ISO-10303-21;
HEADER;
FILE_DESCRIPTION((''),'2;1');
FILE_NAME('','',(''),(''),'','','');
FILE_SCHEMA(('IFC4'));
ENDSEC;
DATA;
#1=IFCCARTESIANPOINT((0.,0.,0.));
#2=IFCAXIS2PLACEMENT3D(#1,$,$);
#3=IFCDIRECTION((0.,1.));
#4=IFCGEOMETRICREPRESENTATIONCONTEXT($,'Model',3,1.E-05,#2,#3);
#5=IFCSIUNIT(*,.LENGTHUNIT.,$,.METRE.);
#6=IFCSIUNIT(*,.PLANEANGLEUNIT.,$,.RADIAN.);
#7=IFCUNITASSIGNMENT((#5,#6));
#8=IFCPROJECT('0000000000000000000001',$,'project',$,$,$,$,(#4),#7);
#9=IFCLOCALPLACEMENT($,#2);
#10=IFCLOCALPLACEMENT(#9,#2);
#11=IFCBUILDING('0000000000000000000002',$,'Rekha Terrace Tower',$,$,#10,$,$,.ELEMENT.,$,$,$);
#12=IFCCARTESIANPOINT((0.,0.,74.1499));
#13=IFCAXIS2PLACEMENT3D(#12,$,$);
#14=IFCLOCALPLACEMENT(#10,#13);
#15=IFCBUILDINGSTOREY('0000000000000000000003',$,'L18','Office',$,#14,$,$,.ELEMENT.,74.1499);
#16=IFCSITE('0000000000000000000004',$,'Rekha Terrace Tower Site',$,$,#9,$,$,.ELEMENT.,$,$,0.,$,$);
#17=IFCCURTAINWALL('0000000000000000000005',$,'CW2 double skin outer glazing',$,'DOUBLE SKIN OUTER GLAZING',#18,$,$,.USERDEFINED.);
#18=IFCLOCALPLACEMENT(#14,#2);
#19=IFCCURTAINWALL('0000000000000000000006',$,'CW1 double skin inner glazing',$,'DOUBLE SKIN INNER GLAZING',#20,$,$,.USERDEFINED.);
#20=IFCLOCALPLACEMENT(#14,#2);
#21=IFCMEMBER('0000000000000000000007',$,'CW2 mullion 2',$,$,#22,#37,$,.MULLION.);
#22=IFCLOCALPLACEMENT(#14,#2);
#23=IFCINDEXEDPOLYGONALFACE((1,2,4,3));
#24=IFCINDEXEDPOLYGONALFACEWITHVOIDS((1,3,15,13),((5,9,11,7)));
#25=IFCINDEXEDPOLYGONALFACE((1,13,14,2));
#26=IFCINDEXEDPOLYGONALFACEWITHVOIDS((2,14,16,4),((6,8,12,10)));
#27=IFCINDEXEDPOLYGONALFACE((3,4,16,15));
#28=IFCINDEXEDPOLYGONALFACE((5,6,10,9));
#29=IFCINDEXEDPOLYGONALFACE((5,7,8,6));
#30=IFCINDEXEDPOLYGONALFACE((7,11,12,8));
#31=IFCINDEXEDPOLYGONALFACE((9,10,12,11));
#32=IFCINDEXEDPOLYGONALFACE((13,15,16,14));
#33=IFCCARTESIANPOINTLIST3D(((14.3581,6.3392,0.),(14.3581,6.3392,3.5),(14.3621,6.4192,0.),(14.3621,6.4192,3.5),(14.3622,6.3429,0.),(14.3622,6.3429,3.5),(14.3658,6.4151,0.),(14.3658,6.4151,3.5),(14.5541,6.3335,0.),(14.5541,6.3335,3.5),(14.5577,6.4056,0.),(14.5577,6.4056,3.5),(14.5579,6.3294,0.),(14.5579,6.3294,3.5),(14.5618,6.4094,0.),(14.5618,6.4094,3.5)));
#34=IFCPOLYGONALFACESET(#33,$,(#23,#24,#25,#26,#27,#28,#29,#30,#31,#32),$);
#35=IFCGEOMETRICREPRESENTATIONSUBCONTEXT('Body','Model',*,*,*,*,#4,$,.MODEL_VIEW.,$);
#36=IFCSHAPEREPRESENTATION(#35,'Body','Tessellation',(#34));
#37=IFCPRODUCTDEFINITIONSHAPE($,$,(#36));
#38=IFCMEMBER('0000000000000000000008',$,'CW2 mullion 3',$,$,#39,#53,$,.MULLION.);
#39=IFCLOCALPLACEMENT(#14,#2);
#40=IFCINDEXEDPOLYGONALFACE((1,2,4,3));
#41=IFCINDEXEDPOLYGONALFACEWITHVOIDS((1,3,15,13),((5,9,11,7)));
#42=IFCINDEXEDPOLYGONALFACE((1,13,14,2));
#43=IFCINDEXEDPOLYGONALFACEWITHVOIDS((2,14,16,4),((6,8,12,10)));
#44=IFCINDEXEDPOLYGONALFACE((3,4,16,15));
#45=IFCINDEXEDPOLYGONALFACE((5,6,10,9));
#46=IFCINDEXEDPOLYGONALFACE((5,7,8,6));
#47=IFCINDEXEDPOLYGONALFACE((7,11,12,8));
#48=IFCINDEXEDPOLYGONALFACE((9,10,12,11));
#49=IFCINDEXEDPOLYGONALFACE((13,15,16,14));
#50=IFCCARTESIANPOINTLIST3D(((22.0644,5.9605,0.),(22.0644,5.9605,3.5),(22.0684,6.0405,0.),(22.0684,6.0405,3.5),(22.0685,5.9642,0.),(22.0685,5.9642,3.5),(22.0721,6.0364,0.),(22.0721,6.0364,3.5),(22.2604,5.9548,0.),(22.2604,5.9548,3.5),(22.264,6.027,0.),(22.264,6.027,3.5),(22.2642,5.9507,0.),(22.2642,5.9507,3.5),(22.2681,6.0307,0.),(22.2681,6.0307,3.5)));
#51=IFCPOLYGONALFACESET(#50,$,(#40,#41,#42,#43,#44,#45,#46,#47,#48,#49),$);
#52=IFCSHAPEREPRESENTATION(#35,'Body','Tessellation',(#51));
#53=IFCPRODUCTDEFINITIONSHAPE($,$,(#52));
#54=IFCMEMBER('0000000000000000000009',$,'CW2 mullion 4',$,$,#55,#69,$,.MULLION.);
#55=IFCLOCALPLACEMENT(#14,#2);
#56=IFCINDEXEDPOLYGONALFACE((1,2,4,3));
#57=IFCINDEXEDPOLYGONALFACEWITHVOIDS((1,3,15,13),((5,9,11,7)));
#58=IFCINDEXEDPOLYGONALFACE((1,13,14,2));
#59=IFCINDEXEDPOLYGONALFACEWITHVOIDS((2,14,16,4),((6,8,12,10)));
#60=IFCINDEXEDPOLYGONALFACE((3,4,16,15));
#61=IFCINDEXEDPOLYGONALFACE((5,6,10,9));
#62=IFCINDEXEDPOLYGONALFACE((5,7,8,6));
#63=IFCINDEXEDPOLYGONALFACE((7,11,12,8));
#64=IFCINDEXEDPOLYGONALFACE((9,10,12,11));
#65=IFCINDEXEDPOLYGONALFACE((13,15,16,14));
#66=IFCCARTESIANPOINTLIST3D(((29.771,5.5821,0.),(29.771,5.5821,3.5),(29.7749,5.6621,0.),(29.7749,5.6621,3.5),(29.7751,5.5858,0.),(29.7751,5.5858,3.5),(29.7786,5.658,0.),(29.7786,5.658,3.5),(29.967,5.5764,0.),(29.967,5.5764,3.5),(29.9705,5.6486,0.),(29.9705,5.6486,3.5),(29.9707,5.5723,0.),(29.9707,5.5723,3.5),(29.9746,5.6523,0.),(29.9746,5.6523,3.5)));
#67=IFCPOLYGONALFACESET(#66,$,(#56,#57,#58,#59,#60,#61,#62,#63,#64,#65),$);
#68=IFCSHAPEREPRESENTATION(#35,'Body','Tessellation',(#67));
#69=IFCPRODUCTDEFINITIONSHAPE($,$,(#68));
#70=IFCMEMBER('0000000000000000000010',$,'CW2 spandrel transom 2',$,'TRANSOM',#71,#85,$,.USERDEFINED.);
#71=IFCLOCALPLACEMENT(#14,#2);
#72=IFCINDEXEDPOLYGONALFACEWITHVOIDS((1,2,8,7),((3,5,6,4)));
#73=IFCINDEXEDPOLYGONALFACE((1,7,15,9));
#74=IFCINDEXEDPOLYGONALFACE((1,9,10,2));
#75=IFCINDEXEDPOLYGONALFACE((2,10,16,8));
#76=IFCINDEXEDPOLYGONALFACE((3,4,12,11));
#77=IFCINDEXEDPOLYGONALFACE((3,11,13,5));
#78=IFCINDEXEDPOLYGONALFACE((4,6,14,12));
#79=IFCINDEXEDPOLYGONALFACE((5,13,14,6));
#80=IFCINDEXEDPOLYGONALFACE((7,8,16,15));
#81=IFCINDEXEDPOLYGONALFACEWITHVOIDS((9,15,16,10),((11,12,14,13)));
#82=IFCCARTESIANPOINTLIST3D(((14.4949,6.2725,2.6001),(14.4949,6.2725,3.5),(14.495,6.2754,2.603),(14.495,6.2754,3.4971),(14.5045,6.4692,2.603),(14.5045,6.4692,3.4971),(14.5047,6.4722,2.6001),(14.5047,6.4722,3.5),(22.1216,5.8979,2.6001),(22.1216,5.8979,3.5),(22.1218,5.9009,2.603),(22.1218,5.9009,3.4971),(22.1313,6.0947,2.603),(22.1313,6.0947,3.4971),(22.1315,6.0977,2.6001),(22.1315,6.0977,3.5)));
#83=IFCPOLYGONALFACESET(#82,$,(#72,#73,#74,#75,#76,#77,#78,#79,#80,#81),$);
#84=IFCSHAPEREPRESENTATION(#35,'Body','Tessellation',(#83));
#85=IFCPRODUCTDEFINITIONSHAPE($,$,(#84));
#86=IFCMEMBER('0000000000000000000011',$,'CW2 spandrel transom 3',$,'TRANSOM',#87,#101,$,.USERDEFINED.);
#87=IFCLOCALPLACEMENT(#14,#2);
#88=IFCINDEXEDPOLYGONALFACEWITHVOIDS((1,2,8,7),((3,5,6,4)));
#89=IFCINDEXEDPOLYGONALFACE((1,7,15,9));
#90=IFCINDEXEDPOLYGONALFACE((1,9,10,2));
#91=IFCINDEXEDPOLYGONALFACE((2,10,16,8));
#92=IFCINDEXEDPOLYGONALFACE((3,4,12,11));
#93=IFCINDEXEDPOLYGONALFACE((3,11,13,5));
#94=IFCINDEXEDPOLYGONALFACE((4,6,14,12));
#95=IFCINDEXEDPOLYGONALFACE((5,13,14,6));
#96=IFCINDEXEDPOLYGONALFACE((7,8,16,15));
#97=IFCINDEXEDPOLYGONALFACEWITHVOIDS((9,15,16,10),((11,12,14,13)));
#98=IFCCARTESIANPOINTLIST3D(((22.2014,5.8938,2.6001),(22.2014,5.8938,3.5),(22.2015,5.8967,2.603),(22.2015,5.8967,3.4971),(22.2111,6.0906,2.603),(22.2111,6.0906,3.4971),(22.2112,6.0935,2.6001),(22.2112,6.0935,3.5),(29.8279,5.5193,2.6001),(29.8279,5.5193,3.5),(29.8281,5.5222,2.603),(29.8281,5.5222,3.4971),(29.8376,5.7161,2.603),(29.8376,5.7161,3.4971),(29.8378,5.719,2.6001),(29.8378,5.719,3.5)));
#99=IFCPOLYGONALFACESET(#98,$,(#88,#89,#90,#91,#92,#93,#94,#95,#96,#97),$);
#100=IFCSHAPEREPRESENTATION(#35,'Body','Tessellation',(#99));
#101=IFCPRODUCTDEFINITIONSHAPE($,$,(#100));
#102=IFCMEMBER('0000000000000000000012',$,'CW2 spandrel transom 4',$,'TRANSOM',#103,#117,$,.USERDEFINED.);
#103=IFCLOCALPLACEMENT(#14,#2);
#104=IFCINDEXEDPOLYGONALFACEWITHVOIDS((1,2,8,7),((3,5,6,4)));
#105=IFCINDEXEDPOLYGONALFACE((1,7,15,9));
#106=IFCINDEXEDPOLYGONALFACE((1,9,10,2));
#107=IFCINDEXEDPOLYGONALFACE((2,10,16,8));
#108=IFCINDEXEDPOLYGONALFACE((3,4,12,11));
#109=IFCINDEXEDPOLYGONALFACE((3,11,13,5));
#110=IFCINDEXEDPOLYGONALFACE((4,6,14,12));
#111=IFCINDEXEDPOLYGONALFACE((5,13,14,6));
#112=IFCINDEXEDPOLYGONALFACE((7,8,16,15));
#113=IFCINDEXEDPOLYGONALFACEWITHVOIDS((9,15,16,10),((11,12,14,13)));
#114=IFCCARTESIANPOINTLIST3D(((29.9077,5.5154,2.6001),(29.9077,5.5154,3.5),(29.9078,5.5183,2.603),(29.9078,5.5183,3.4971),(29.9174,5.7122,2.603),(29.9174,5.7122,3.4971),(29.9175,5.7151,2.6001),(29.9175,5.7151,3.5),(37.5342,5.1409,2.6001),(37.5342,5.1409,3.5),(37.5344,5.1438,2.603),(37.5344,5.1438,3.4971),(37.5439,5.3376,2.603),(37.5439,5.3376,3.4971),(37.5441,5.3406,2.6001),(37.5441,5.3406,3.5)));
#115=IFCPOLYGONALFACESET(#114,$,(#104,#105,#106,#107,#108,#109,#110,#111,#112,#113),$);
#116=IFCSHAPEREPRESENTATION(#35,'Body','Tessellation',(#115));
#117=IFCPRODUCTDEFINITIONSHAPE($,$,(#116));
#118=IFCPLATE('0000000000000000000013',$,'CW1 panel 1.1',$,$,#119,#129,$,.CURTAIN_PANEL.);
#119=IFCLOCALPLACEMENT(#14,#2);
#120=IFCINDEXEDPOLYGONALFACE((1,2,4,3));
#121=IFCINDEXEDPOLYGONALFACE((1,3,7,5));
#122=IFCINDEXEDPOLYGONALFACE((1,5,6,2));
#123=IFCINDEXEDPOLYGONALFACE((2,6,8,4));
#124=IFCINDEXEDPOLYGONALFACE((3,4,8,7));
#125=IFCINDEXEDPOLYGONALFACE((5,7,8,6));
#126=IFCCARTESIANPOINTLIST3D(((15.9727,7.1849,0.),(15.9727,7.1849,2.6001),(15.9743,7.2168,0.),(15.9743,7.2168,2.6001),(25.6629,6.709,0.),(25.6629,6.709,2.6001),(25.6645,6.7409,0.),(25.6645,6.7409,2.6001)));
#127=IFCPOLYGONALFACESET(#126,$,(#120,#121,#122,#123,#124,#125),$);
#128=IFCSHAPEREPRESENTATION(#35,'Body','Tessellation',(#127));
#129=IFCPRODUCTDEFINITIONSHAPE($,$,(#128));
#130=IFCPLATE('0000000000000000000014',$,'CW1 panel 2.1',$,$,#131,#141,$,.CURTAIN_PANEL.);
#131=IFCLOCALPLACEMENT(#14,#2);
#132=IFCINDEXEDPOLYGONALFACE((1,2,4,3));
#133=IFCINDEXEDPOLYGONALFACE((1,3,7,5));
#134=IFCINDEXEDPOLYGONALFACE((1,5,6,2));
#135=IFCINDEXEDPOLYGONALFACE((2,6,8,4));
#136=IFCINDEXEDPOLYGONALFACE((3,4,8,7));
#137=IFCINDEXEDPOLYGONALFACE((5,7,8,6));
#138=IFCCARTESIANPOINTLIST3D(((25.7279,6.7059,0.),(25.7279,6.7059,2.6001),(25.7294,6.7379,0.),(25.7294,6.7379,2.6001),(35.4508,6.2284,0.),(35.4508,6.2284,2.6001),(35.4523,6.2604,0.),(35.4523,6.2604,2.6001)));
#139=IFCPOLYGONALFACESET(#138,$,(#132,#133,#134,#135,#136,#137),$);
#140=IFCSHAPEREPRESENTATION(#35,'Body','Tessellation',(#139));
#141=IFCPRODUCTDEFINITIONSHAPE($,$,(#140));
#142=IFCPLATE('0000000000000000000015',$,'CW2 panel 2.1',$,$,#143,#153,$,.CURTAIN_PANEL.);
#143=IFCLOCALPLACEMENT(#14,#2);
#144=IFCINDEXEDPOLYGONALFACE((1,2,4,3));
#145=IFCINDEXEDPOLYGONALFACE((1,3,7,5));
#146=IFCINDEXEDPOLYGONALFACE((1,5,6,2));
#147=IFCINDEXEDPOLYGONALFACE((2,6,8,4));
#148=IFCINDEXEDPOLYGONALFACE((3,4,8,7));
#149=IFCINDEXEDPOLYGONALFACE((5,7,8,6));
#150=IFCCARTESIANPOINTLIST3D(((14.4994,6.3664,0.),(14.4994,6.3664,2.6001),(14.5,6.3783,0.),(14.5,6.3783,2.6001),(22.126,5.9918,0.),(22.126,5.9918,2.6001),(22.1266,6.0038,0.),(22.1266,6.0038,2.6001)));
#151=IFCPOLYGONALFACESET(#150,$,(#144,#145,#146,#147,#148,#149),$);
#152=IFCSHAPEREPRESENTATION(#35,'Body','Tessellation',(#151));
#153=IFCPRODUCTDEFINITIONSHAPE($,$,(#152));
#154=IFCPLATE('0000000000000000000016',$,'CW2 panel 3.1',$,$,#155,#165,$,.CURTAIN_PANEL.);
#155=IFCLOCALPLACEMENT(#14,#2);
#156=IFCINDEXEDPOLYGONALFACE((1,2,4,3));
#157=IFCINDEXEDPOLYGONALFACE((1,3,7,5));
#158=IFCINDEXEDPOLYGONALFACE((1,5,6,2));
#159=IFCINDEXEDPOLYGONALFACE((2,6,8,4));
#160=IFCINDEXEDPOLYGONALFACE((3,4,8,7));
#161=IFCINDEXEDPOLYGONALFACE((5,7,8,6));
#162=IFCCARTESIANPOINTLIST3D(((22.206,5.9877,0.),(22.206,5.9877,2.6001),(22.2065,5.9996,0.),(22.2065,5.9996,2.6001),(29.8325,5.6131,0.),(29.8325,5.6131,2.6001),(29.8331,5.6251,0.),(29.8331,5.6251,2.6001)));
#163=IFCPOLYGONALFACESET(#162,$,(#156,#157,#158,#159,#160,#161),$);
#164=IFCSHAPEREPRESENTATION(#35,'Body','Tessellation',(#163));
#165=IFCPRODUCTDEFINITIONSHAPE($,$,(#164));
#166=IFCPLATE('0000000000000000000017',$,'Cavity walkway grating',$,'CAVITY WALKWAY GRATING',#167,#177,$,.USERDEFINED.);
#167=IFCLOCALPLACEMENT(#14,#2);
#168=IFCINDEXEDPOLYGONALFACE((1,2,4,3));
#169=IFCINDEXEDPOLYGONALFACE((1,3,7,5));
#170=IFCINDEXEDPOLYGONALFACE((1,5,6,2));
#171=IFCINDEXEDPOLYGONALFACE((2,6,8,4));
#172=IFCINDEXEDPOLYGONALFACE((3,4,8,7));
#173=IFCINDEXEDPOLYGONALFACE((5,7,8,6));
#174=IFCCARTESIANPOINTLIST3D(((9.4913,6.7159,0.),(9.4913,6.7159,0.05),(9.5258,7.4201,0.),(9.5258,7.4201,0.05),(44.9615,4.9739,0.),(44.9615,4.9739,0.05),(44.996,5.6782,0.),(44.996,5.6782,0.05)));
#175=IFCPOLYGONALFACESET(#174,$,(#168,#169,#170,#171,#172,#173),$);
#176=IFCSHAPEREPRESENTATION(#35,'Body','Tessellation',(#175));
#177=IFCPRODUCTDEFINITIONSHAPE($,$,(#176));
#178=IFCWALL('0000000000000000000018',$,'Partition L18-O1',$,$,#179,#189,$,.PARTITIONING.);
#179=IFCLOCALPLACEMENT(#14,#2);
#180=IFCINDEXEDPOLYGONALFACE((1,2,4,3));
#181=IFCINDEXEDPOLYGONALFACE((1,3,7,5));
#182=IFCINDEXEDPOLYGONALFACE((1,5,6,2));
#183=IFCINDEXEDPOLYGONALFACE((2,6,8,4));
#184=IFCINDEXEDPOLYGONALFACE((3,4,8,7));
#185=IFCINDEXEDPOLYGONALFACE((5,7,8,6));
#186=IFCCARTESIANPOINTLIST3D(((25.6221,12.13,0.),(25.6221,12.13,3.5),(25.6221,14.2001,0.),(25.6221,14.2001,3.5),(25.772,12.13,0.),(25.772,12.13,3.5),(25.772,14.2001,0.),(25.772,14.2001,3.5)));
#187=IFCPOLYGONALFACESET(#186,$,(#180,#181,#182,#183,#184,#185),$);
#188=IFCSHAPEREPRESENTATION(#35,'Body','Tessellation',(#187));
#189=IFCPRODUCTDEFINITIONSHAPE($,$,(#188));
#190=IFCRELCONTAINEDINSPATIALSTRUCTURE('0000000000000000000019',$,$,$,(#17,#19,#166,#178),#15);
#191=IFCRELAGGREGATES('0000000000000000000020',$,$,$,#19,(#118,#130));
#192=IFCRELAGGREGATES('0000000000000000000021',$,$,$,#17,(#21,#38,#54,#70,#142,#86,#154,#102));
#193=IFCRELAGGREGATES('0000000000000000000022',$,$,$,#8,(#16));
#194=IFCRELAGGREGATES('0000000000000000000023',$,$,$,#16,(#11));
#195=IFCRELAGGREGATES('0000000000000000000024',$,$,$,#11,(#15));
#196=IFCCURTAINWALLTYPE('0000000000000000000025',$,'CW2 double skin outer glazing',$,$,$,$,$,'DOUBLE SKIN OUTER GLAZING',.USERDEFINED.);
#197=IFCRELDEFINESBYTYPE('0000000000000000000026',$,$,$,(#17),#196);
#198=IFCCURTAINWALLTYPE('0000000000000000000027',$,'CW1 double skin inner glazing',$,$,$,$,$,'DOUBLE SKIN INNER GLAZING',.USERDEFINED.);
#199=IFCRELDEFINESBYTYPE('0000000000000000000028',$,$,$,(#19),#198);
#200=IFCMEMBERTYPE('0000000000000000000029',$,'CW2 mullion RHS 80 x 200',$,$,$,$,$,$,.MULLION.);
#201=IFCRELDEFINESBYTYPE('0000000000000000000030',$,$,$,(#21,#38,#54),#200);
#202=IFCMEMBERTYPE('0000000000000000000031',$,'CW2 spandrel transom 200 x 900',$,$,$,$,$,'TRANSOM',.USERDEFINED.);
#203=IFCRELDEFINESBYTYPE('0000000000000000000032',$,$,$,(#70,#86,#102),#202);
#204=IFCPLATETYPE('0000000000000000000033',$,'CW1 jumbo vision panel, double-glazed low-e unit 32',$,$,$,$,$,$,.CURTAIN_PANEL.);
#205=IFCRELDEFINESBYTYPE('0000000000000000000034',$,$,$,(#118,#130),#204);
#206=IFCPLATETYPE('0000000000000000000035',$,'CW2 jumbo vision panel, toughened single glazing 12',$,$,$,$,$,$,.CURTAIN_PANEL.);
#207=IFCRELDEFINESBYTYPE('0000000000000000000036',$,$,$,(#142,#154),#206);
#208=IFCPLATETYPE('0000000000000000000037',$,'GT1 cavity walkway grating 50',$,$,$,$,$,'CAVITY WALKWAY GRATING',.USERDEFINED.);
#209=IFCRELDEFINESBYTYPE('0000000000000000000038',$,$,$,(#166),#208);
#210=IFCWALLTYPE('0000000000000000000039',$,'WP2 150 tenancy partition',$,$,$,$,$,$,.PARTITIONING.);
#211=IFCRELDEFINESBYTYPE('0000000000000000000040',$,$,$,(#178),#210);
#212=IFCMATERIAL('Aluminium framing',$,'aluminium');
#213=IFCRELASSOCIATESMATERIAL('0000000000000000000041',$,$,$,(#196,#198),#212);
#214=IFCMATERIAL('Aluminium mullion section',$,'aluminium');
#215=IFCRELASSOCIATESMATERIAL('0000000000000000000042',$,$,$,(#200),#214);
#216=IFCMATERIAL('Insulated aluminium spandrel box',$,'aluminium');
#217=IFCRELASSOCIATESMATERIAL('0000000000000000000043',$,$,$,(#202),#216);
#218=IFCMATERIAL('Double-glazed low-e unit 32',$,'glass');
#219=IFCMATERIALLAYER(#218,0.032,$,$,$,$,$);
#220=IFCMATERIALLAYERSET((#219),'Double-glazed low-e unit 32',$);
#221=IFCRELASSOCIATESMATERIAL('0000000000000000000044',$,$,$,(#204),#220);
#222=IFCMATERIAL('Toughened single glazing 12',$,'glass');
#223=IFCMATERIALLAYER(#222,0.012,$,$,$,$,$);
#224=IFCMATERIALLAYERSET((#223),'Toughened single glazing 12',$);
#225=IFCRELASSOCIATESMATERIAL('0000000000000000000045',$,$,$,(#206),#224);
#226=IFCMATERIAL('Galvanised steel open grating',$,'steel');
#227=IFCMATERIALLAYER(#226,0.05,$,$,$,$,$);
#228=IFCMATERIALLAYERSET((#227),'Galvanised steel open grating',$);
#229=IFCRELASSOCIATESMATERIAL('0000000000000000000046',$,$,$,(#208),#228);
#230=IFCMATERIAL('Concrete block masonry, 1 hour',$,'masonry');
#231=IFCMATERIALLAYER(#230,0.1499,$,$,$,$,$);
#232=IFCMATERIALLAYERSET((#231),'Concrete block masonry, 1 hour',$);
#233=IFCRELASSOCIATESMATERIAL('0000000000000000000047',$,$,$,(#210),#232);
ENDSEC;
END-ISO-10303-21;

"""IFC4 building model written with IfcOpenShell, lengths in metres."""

from ifc_helpers import new_model, si_unit, direction, frame, frame_2d, origin, origin_2d, place, context, subcontext, project, spatial, rectangle, hollow_rectangle, extrude, material, layer, layer_set, material_profile, profile_set, type_object, element, aggregate, save


model = new_model("IFC4")

# Units and contexts
model_context = context("Model", 3, precision=1e-05, world=origin(), true_north=direction((0.0, 1.0)))
body_context = subcontext(model_context, "Body", "Model", "MODEL_VIEW")
ifc_project = project(units=[si_unit("LENGTHUNIT", "METRE"), si_unit("PLANEANGLEUNIT", "RADIAN")], contexts=[model_context])

# Site, building, storey
site_placement = place(None, origin())
site = spatial("IfcSite", under=ifc_project, at=site_placement, Name="Rekha Terrace Tower Site", CompositionType="ELEMENT", RefElevation=0.0)
building_placement = place(site_placement, origin())
building = spatial("IfcBuilding", under=site, at=building_placement, Name="Rekha Terrace Tower", CompositionType="ELEMENT")
storey_placement = place(building_placement, frame((0.0, 0.0, 74.1499)))
storey = spatial("IfcBuildingStorey", under=building, at=storey_placement, Name="L18", Description="Office", CompositionType="ELEMENT", Elevation=74.1499)

# Curtain wall
ifc_material_1 = material(Name="Aluminium framing", Category="aluminium")
curtain_wall_type_1 = type_object("IfcCurtainWallType", Name="CW2 double skin outer glazing", ElementType="DOUBLE SKIN OUTER GLAZING", PredefinedType="USERDEFINED", material=ifc_material_1)
curtain_wall_1_placement = place(storey_placement, origin())
curtain_wall_1 = element("IfcCurtainWall", 1, at=curtain_wall_1_placement, inside=storey, type_object=curtain_wall_type_1, Name="CW2 double skin outer glazing", ObjectType="DOUBLE SKIN OUTER GLAZING", PredefinedType="USERDEFINED")

# Shared definitions
curtain_wall_type_2 = type_object("IfcCurtainWallType", Name="CW1 double skin inner glazing", ElementType="DOUBLE SKIN INNER GLAZING", PredefinedType="USERDEFINED", material=ifc_material_1)
ifc_material_2 = material(Name="Aluminium mullion section", Category="aluminium")

# Curtain wall
curtain_wall_2_placement = place(storey_placement, origin())
curtain_wall_2 = element("IfcCurtainWall", 2, at=curtain_wall_2_placement, inside=storey, type_object=curtain_wall_type_2, Name="CW1 double skin inner glazing", ObjectType="DOUBLE SKIN INNER GLAZING", PredefinedType="USERDEFINED")
ifc_material_3 = material(Name="Insulated aluminium spandrel box", Category="aluminium")

# Members
ifc_material_profile_1 = material_profile(ifc_material_2, hollow_rectangle(XDim=0.0801, YDim=0.2, WallThickness=0.0039, at=origin_2d()), Name="AL RHS 80x200")
ifc_profile_set_1 = profile_set([ifc_material_profile_1], Name="Aluminium mullion section")
member_type_1 = type_object("IfcMemberType", Name="CW2 mullion RHS 80 x 200", PredefinedType="MULLION", material=ifc_profile_set_1)
member_1_placement = place(storey_placement, frame((14.46, 6.3743, 0.0), z_axis=(0.0, 0.0, 1.0), x_axis=(0.049052, 0.998796, 0.0)))
member_1 = element("IfcMember", 3, at=member_1_placement, type_object=member_type_1, Name="CW2 mullion 2", PredefinedType="MULLION", context=body_context, shape_type="SweptSolid", body=[
    extrude(hollow_rectangle(XDim=0.0801, YDim=0.2, WallThickness=0.0039, at=origin_2d()), origin(), (0.0, 0.0, 1.0), 3.5),
])
member_2_placement = place(storey_placement, frame((22.1663, 5.9956, 0.0), z_axis=(0.0, 0.0, 1.0), x_axis=(0.049052, 0.998796, 0.0)))
member_2 = element("IfcMember", 4, at=member_2_placement, type_object=member_type_1, Name="CW2 mullion 3", PredefinedType="MULLION", context=body_context, shape_type="SweptSolid", body=[
    extrude(hollow_rectangle(XDim=0.0801, YDim=0.2, WallThickness=0.0039, at=origin_2d()), origin(), (0.0, 0.0, 1.0), 3.5),
])
member_3_placement = place(storey_placement, frame((29.8728, 5.6172, 0.0), z_axis=(0.0, 0.0, 1.0), x_axis=(0.049052, 0.998796, 0.0)))
member_3 = element("IfcMember", 5, at=member_3_placement, type_object=member_type_1, Name="CW2 mullion 4", PredefinedType="MULLION", context=body_context, shape_type="SweptSolid", body=[
    extrude(hollow_rectangle(XDim=0.0801, YDim=0.2, WallThickness=0.0039, at=origin_2d()), origin(), (0.0, 0.0, 1.0), 3.5),
])
ifc_material_profile_2 = material_profile(ifc_material_3, hollow_rectangle(XDim=0.2, YDim=0.8999, WallThickness=0.0029, at=origin_2d()), Name="AL SPANDREL BOX 200x900")
ifc_profile_set_2 = profile_set([ifc_material_profile_2], Name="Insulated aluminium spandrel box")
member_type_2 = type_object("IfcMemberType", Name="CW2 spandrel transom 200 x 900", ElementType="TRANSOM", PredefinedType="USERDEFINED", material=ifc_profile_set_2)
member_4_placement = place(storey_placement, frame((14.4998, 6.3723, 3.05), z_axis=(0.998797, -0.049046, 0.0), x_axis=(0.049046, 0.998797, 0.0)))
member_4 = element("IfcMember", 6, at=member_4_placement, type_object=member_type_2, Name="CW2 spandrel transom 2", ObjectType="TRANSOM", PredefinedType="USERDEFINED", context=body_context, shape_type="SweptSolid", body=[
    extrude(hollow_rectangle(XDim=0.2, YDim=0.8999, WallThickness=0.0029, at=origin_2d()), origin(), (0.0, 0.0, 1.0), 7.636),
])
member_5_placement = place(storey_placement, frame((22.2063, 5.9937, 3.05), z_axis=(0.998796, -0.049048, 0.0), x_axis=(0.049048, 0.998796, 0.0)))
member_5 = element("IfcMember", 7, at=member_5_placement, type_object=member_type_2, Name="CW2 spandrel transom 3", ObjectType="TRANSOM", PredefinedType="USERDEFINED", context=body_context, shape_type="SweptSolid", body=[
    extrude(hollow_rectangle(XDim=0.2, YDim=0.8999, WallThickness=0.0029, at=origin_2d()), origin(), (0.0, 0.0, 1.0), 7.6357),
])
member_6_placement = place(storey_placement, frame((29.9126, 5.6152, 3.05), z_axis=(0.998796, -0.049048, 0.0), x_axis=(0.049048, 0.998796, 0.0)))
member_6 = element("IfcMember", 8, at=member_6_placement, type_object=member_type_2, Name="CW2 spandrel transom 4", ObjectType="TRANSOM", PredefinedType="USERDEFINED", context=body_context, shape_type="SweptSolid", body=[
    extrude(hollow_rectangle(XDim=0.2, YDim=0.8999, WallThickness=0.0029, at=origin_2d()), origin(), (0.0, 0.0, 1.0), 7.6357),
])

# Plates
ifc_material_4 = material(Name="Double-glazed low-e unit 32", Category="glass")
ifc_layer_1 = layer(ifc_material_4, 0.032)
ifc_layer_set_1 = layer_set([ifc_layer_1], Name="Double-glazed low-e unit 32")
plate_type_1 = type_object("IfcPlateType", Name="CW1 jumbo vision panel, double-glazed low-e unit 32", PredefinedType="CURTAIN_PANEL", material=ifc_layer_set_1)
plate_1_placement = place(storey_placement, frame((20.8186, 6.9629, 0.0), z_axis=(0.0, 0.0, 1.0), x_axis=(0.998796, -0.049052, 0.0)))
plate_1 = element("IfcPlate", 9, at=plate_1_placement, type_object=plate_type_1, Name="CW1 panel 1.1", PredefinedType="CURTAIN_PANEL", context=body_context, shape_type="SweptSolid", body=[
    extrude(rectangle(XDim=9.7019, YDim=0.032, at=origin_2d()), origin(), (0.0, 0.0, 1.0), 2.6001),
])
plate_2_placement = place(storey_placement, frame((30.5901, 6.4832, 0.0), z_axis=(0.0, 0.0, 1.0), x_axis=(0.998796, -0.049052, 0.0)))
plate_2 = element("IfcPlate", 10, at=plate_2_placement, type_object=plate_type_1, Name="CW1 panel 2.1", PredefinedType="CURTAIN_PANEL", context=body_context, shape_type="SweptSolid", body=[
    extrude(rectangle(XDim=9.7346, YDim=0.032, at=origin_2d()), origin(), (0.0, 0.0, 1.0), 2.6001),
])
aggregate(curtain_wall_2, [plate_1, plate_2])
ifc_material_5 = material(Name="Toughened single glazing 12", Category="glass")
ifc_layer_2 = layer(ifc_material_5, 0.012)
ifc_layer_set_2 = layer_set([ifc_layer_2], Name="Toughened single glazing 12")
plate_type_2 = type_object("IfcPlateType", Name="CW2 jumbo vision panel, toughened single glazing 12", PredefinedType="CURTAIN_PANEL", material=ifc_layer_set_2)
plate_3_placement = place(storey_placement, frame((18.313, 6.1851, 0.0), z_axis=(0.0, 0.0, 1.0), x_axis=(0.998796, -0.049052, 0.0)))
plate_3 = element("IfcPlate", 11, at=plate_3_placement, type_object=plate_type_2, Name="CW2 panel 2.1", PredefinedType="CURTAIN_PANEL", context=body_context, shape_type="SweptSolid", body=[
    extrude(rectangle(XDim=7.6357, YDim=0.012, at=origin_2d()), origin(), (0.0, 0.0, 1.0), 2.6001),
])
plate_4_placement = place(storey_placement, frame((26.0195, 5.8064, 0.0), z_axis=(0.0, 0.0, 1.0), x_axis=(0.998796, -0.049052, 0.0)))
plate_4 = element("IfcPlate", 12, at=plate_4_placement, type_object=plate_type_2, Name="CW2 panel 3.1", PredefinedType="CURTAIN_PANEL", context=body_context, shape_type="SweptSolid", body=[
    extrude(rectangle(XDim=7.6357, YDim=0.012, at=origin_2d()), origin(), (0.0, 0.0, 1.0), 2.6001),
])
aggregate(curtain_wall_1, [member_1, member_2, member_3, member_4, plate_3, member_5, plate_4, member_6])
ifc_material_6 = material(Name="Galvanised steel open grating", Category="steel")
ifc_layer_3 = layer(ifc_material_6, 0.05)
ifc_layer_set_3 = layer_set([ifc_layer_3], Name="Galvanised steel open grating")
plate_type_3 = type_object("IfcPlateType", Name="GT1 cavity walkway grating 50", ElementType="CAVITY WALKWAY GRATING", PredefinedType="USERDEFINED", material=ifc_layer_set_3)
plate_5_placement = place(storey_placement, frame((27.2437, 6.197, 0.0), z_axis=(0.0, 0.0, 1.0), x_axis=(0.998796, -0.049052, 0.0)))
element("IfcPlate", 13, at=plate_5_placement, inside=storey, type_object=plate_type_3, Name="Cavity walkway grating", ObjectType="CAVITY WALKWAY GRATING", PredefinedType="USERDEFINED", context=body_context, shape_type="SweptSolid", body=[
    extrude(rectangle(XDim=35.5129, YDim=0.7051, at=origin_2d()), origin(), (0.0, 0.0, 1.0), 0.05),
])

# Wall
ifc_material_7 = material(Name="Concrete block masonry, 1 hour", Category="masonry")
ifc_layer_4 = layer(ifc_material_7, 0.1499)
ifc_layer_set_4 = layer_set([ifc_layer_4], Name="Concrete block masonry, 1 hour")
wall_type_1 = type_object("IfcWallType", Name="WP2 150 tenancy partition", PredefinedType="PARTITIONING", material=ifc_layer_set_4)
wall_1_placement = place(storey_placement, frame((25.697, 12.1299, 0.0), z_axis=(0.0, 0.0, 1.0), x_axis=(0.0, 1.0, 0.0)))
element("IfcWall", 14, at=wall_1_placement, inside=storey, type_object=wall_type_1, Name="Partition L18-O1", PredefinedType="PARTITIONING", context=body_context, shape_type="SweptSolid", body=[
    extrude(rectangle(XDim=2.0701, YDim=0.1499, at=frame_2d((1.0352, 0.0))), origin(), (0.0, 0.0, 1.0), 3.5),
])

save(model, "model.ifc")
